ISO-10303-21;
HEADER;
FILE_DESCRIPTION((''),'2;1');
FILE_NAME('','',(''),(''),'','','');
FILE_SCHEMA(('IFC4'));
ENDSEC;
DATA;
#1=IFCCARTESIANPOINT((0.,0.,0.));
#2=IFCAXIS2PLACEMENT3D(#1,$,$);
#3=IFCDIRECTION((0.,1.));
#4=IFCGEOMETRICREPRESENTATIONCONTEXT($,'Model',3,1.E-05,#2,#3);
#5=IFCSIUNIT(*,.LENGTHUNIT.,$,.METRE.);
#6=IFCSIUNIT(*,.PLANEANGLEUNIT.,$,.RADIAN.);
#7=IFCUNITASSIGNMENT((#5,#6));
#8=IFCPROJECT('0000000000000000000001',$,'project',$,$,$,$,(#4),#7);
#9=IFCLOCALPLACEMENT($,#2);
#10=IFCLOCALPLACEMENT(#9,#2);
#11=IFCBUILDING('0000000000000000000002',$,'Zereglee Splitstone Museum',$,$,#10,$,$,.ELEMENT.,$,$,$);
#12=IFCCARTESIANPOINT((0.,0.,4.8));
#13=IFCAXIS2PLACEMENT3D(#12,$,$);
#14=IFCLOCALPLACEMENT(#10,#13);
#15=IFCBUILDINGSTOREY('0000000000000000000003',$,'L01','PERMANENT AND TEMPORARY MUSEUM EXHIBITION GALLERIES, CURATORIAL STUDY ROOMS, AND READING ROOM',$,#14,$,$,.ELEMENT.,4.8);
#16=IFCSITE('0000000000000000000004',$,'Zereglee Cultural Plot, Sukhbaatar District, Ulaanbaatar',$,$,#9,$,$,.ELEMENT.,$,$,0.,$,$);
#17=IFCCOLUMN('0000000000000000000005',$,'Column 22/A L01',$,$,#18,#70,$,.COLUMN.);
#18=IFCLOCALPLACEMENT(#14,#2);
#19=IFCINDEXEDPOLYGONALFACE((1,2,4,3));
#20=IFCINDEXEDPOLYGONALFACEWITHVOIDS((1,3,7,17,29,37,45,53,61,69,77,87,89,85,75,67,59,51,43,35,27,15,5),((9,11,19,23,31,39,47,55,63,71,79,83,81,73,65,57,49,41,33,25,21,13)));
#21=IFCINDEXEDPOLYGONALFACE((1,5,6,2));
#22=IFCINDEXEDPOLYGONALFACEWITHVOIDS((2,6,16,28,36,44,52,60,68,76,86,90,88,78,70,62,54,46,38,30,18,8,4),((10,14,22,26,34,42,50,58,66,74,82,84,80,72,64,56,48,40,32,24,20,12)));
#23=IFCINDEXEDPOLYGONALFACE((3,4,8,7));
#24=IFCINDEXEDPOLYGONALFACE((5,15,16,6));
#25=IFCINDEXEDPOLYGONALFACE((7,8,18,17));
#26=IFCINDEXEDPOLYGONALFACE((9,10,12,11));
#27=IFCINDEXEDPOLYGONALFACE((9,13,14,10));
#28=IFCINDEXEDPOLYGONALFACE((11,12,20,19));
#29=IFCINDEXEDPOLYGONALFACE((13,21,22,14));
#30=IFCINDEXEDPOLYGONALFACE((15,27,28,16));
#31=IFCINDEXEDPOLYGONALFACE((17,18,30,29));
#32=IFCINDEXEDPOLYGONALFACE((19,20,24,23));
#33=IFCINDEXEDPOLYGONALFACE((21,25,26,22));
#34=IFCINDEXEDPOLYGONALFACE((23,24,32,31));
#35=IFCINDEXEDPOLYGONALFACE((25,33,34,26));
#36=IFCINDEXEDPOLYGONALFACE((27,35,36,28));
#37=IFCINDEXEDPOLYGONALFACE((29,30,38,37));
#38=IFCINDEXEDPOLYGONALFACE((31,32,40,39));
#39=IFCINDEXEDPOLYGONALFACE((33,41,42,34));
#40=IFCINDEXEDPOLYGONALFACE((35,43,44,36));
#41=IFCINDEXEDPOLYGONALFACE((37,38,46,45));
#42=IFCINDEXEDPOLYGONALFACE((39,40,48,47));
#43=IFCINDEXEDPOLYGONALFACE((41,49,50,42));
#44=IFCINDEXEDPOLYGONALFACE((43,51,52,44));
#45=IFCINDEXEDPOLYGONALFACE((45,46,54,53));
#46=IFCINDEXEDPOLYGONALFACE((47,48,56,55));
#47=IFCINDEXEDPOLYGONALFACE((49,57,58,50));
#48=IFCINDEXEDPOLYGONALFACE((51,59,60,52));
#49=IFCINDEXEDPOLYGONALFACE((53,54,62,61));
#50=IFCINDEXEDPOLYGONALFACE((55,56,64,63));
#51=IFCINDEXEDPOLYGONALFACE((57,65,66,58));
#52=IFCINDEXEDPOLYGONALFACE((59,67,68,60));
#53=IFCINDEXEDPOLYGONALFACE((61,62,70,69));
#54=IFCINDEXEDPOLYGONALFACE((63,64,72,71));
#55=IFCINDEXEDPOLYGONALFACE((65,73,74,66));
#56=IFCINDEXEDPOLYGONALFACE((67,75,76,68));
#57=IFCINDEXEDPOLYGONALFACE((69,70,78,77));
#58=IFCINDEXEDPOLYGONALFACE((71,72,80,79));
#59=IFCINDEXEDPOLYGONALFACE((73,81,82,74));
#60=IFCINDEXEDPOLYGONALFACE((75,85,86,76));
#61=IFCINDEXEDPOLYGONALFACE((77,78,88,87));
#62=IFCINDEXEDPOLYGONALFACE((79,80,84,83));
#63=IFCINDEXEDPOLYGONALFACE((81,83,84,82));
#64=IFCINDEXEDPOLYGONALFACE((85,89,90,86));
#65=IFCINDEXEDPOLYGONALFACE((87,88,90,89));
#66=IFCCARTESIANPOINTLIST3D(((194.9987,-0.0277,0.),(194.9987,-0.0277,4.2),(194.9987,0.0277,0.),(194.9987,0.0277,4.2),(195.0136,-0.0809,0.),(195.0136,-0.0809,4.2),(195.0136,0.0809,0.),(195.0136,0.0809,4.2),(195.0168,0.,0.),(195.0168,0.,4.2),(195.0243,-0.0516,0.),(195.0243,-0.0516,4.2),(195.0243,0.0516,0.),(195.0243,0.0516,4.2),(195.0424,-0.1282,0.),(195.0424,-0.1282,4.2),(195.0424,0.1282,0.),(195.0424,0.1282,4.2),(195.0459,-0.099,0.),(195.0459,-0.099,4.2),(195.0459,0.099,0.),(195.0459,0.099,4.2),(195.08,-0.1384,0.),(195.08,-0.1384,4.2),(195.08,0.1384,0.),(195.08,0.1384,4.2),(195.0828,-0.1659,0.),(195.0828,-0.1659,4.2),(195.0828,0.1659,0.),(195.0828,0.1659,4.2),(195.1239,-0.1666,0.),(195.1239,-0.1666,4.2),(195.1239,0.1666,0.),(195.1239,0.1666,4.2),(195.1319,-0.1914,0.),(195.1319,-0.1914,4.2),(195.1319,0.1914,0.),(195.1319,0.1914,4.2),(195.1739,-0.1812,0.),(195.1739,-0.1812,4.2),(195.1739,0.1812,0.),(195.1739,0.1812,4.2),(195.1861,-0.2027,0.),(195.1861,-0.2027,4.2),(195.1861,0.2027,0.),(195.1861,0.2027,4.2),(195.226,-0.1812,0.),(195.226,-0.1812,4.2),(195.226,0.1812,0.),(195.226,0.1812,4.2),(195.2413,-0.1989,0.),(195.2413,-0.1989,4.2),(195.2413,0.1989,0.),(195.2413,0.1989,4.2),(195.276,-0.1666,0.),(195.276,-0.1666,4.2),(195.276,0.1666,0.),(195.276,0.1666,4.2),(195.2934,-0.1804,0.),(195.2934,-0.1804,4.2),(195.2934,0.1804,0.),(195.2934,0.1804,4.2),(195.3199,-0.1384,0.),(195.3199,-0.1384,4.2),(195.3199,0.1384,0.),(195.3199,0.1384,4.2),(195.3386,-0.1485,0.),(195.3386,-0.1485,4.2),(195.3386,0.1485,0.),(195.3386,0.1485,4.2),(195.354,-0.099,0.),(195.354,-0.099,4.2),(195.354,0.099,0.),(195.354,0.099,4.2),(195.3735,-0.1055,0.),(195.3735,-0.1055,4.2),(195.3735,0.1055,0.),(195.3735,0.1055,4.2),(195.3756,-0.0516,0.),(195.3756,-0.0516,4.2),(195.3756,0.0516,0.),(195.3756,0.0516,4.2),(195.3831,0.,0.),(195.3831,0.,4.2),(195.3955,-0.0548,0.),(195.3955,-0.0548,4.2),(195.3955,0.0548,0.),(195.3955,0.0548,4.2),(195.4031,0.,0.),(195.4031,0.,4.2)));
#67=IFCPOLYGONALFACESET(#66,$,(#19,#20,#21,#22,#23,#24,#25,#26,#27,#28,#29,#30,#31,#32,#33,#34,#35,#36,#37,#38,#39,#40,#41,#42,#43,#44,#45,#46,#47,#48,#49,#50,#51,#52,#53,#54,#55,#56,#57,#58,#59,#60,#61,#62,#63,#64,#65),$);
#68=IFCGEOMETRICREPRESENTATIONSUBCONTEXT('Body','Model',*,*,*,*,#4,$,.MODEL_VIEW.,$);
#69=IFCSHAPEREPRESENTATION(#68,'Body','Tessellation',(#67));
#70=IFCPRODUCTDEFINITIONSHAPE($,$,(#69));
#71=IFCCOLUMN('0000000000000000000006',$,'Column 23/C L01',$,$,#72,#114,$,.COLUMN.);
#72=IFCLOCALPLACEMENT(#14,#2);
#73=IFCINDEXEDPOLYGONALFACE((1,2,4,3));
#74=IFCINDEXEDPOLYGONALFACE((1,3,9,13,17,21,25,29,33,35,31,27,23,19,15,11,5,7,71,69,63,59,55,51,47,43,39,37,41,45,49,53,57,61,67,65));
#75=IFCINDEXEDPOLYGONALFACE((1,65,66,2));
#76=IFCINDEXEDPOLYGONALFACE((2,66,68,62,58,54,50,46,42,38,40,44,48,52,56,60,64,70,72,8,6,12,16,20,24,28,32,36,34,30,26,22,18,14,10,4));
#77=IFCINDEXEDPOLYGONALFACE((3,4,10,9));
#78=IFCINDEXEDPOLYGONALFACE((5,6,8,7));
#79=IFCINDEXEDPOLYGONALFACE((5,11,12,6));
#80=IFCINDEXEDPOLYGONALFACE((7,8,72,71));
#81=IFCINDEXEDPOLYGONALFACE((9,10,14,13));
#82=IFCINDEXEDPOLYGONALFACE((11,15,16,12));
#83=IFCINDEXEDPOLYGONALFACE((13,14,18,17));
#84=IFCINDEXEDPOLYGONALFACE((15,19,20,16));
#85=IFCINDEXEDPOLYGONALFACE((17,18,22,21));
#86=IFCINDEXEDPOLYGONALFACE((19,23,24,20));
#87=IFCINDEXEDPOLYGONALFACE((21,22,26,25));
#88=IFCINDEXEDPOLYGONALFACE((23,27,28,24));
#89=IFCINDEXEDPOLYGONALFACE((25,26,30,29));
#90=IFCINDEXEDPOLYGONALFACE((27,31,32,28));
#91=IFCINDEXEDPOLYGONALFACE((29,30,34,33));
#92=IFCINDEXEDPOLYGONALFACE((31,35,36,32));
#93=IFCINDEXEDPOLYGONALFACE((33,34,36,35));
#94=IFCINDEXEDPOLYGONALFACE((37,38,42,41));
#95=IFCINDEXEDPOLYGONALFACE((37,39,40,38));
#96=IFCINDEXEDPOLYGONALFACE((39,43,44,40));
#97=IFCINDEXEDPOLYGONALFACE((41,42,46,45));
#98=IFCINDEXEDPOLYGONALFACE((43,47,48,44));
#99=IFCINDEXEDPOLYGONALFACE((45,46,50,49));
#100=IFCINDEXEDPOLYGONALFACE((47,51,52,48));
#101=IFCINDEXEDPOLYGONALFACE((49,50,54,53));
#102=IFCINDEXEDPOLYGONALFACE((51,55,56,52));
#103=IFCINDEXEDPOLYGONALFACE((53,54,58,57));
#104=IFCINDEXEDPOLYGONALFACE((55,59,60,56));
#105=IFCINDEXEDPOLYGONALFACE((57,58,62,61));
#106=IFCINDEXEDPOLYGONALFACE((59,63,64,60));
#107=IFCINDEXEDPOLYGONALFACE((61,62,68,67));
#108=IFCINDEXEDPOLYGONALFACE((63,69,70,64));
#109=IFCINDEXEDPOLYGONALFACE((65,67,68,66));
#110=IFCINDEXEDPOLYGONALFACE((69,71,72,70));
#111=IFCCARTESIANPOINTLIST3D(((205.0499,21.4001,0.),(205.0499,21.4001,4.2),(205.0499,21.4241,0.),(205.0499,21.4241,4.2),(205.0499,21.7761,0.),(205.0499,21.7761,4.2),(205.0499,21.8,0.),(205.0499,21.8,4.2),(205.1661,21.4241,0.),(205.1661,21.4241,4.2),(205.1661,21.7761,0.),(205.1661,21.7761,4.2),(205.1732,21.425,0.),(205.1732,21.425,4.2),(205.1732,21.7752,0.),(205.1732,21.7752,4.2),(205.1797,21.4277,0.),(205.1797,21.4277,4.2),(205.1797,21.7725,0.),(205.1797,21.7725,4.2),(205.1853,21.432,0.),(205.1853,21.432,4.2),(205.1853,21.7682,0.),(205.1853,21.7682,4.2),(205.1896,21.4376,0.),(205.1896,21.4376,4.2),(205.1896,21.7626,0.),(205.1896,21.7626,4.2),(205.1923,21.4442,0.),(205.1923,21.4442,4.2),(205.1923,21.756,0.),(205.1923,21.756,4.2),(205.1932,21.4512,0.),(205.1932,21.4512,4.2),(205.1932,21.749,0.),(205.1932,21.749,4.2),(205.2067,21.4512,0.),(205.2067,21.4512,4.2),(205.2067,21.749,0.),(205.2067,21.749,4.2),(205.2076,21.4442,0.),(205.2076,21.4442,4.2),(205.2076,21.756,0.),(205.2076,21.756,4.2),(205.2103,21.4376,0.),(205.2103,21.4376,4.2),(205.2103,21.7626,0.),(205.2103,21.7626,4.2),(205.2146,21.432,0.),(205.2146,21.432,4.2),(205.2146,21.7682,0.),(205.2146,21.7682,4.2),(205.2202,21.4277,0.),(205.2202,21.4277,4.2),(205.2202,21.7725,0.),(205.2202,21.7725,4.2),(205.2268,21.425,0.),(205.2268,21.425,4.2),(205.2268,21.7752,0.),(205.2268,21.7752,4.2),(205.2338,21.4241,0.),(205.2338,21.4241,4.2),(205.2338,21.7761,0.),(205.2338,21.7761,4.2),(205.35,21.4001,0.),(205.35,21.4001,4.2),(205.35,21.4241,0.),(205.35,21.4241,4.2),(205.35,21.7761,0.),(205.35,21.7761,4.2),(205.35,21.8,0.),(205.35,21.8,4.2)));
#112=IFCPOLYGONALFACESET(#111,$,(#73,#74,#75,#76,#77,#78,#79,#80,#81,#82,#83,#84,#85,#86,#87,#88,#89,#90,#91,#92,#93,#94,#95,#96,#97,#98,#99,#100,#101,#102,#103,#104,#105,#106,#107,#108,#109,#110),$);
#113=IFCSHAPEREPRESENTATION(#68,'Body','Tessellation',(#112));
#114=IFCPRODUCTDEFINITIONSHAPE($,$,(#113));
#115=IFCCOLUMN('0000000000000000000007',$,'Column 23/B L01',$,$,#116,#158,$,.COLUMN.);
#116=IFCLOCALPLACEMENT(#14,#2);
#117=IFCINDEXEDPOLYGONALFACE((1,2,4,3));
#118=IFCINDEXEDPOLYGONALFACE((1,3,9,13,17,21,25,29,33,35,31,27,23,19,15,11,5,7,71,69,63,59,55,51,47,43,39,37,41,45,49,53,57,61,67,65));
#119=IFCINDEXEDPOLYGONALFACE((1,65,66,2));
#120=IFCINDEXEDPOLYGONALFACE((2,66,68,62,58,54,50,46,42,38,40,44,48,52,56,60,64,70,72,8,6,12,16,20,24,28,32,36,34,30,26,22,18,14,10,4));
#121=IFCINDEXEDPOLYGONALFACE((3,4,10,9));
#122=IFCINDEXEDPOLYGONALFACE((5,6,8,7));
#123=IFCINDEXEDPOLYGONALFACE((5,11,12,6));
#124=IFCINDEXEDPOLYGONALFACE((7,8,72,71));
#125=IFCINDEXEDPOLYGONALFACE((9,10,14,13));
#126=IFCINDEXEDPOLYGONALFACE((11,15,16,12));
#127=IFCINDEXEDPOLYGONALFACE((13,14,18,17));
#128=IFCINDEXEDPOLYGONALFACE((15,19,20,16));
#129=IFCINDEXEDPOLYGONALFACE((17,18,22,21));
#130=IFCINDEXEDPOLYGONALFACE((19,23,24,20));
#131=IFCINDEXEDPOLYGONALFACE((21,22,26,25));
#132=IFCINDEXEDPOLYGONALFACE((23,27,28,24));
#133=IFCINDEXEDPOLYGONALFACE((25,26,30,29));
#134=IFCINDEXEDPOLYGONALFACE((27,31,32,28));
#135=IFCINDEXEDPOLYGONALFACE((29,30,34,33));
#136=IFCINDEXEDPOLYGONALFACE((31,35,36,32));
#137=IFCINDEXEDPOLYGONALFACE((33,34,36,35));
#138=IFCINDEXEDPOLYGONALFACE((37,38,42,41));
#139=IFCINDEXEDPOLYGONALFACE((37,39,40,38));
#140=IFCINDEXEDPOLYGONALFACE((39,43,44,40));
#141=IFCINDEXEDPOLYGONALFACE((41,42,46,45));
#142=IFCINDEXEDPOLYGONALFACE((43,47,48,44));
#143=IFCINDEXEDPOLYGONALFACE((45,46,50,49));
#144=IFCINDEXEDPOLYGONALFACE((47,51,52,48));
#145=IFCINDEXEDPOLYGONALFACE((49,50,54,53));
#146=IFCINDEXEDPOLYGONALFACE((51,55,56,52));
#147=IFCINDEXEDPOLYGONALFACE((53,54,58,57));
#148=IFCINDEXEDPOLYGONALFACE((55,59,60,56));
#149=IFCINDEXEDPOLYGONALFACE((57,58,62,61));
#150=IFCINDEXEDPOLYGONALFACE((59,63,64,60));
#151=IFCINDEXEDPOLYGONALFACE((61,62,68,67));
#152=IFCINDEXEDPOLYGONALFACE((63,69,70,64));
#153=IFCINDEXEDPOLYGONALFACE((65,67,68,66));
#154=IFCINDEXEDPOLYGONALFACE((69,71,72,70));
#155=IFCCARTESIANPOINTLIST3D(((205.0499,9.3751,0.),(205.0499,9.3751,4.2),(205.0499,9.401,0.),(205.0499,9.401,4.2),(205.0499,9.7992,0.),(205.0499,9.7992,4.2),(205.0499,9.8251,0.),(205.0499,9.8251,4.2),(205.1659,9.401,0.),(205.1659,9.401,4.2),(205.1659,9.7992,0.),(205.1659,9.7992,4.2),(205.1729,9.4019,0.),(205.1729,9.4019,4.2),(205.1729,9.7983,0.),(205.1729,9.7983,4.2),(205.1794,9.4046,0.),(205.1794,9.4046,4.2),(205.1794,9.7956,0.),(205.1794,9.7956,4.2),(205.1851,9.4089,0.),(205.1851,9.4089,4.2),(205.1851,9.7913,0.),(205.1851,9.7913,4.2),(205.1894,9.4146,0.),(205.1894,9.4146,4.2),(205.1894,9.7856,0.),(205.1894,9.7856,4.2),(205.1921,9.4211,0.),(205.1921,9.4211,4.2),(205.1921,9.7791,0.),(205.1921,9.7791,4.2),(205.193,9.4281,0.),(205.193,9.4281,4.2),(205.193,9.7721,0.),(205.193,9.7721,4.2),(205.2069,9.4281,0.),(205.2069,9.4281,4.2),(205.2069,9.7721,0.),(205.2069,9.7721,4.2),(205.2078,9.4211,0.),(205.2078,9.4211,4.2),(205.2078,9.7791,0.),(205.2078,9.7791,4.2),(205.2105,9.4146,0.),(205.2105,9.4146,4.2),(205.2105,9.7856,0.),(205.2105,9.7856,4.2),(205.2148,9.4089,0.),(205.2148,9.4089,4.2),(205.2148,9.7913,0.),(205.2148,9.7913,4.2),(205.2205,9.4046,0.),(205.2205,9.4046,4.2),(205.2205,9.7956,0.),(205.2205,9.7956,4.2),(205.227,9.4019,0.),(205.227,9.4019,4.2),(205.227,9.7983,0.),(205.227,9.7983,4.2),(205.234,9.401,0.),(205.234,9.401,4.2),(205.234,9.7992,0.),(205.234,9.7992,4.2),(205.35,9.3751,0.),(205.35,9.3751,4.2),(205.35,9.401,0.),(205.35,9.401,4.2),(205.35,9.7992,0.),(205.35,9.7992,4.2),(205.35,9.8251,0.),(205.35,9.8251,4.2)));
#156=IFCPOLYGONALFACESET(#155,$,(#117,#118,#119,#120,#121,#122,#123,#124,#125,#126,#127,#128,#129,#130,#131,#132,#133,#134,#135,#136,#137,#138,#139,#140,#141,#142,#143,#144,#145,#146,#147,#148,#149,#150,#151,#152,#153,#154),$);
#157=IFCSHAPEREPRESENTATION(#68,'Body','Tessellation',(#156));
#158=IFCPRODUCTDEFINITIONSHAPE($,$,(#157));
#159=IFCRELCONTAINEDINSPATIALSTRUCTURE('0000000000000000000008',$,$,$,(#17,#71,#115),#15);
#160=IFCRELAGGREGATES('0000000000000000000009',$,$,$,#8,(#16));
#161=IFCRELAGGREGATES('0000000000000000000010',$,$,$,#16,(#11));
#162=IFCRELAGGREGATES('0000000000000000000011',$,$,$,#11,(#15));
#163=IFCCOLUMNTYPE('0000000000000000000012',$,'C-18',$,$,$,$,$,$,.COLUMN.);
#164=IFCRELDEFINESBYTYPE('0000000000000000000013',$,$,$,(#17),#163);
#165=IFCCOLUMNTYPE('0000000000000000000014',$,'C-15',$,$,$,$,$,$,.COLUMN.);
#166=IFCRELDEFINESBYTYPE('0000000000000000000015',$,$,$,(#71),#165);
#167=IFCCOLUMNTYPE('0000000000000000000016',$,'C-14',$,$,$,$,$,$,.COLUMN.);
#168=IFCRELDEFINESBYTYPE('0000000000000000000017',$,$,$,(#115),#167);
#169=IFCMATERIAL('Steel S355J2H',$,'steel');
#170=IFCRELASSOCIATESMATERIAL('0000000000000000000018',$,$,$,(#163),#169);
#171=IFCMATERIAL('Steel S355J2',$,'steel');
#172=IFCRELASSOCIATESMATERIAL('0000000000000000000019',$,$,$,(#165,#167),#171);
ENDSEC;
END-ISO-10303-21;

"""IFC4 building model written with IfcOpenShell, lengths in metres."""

from ifc_helpers import new_model, si_unit, direction, frame, origin, origin_2d, place, context, subcontext, project, spatial, hollow_circle, i_section, extrude, material, material_profile, profile_set, type_object, element, save


model = new_model("IFC4")

# Units and contexts
model_context = context("Model", 3, precision=1e-05, world=origin(), true_north=direction((0.0, 1.0)))
body_context = subcontext(model_context, "Body", "Model", "MODEL_VIEW")
ifc_project = project(units=[si_unit("LENGTHUNIT", "METRE"), si_unit("PLANEANGLEUNIT", "RADIAN")], contexts=[model_context])

# Site, building, storey
site_placement = place(None, origin())
site = spatial("IfcSite", under=ifc_project, at=site_placement, Name="Zereglee Cultural Plot, Sukhbaatar District, Ulaanbaatar", CompositionType="ELEMENT", RefElevation=0.0)
building_placement = place(site_placement, origin())
building = spatial("IfcBuilding", under=site, at=building_placement, Name="Zereglee Splitstone Museum", CompositionType="ELEMENT")
storey_placement = place(building_placement, frame((0.0, 0.0, 4.8)))
storey = spatial("IfcBuildingStorey", under=building, at=storey_placement, Name="L01", Description="PERMANENT AND TEMPORARY MUSEUM EXHIBITION GALLERIES, CURATORIAL STUDY ROOMS, AND READING ROOM", CompositionType="ELEMENT", Elevation=4.8)

# Columns
ifc_material_1 = material(Name="Steel S355J2H", Category="steel")
ifc_material_profile_1 = material_profile(ifc_material_1, hollow_circle(Radius=0.2031, WallThickness=0.02, at=origin_2d()), Name="CHS 406.4x20")
ifc_profile_set_1 = profile_set([ifc_material_profile_1], Name="Steel S355J2H")
column_type_1 = type_object("IfcColumnType", Name="C-18", PredefinedType="COLUMN", material=ifc_profile_set_1)
column_1_placement = place(storey_placement, frame((195.2, 0.0, 0.0), z_axis=(0.0, 0.0, 1.0), x_axis=(1.0, 0.0, 0.0)))
element("IfcColumn", 1, at=column_1_placement, inside=storey, type_object=column_type_1, Name="Column 22/A L01", PredefinedType="COLUMN", context=body_context, shape_type="SweptSolid", body=[
    extrude(hollow_circle(Radius=0.2031, WallThickness=0.02, at=origin_2d()), origin(), (0.0, 0.0, 1.0), 4.2),
])
ifc_material_2 = material(Name="Steel S355J2", Category="steel")
ifc_material_profile_2 = material_profile(ifc_material_2, i_section(OverallWidth=0.3, OverallDepth=0.3999, WebThickness=0.0134, FlangeThickness=0.0239, FilletRadius=0.0271, at=origin_2d()), Name="HE 400 B")
ifc_profile_set_2 = profile_set([ifc_material_profile_2], Name="Steel S355J2")
column_type_2 = type_object("IfcColumnType", Name="C-15", PredefinedType="COLUMN", material=ifc_profile_set_2)
column_2_placement = place(storey_placement, frame((205.2, 21.6001, 0.0), z_axis=(0.0, 0.0, 1.0), x_axis=(1.0, 0.0, 0.0)))
element("IfcColumn", 2, at=column_2_placement, inside=storey, type_object=column_type_2, Name="Column 23/C L01", PredefinedType="COLUMN", context=body_context, shape_type="SweptSolid", body=[
    extrude(i_section(OverallWidth=0.3, OverallDepth=0.3999, WebThickness=0.0134, FlangeThickness=0.0239, FilletRadius=0.0271, at=origin_2d()), origin(), (0.0, 0.0, 1.0), 4.2),
])
ifc_material_profile_3 = material_profile(ifc_material_2, i_section(OverallWidth=0.3, OverallDepth=0.45, WebThickness=0.0139, FlangeThickness=0.0259, FilletRadius=0.0271, at=origin_2d()), Name="HE 450 B")
ifc_profile_set_3 = profile_set([ifc_material_profile_3], Name="Steel S355J2")
column_type_3 = type_object("IfcColumnType", Name="C-14", PredefinedType="COLUMN", material=ifc_profile_set_3)
column_3_placement = place(storey_placement, frame((205.2, 9.6001, 0.0), z_axis=(0.0, 0.0, 1.0), x_axis=(1.0, 0.0, 0.0)))
element("IfcColumn", 3, at=column_3_placement, inside=storey, type_object=column_type_3, Name="Column 23/B L01", PredefinedType="COLUMN", context=body_context, shape_type="SweptSolid", body=[
    extrude(i_section(OverallWidth=0.3, OverallDepth=0.45, WebThickness=0.0139, FlangeThickness=0.0259, FilletRadius=0.0271, at=origin_2d()), origin(), (0.0, 0.0, 1.0), 4.2),
])

save(model, "model.ifc")
